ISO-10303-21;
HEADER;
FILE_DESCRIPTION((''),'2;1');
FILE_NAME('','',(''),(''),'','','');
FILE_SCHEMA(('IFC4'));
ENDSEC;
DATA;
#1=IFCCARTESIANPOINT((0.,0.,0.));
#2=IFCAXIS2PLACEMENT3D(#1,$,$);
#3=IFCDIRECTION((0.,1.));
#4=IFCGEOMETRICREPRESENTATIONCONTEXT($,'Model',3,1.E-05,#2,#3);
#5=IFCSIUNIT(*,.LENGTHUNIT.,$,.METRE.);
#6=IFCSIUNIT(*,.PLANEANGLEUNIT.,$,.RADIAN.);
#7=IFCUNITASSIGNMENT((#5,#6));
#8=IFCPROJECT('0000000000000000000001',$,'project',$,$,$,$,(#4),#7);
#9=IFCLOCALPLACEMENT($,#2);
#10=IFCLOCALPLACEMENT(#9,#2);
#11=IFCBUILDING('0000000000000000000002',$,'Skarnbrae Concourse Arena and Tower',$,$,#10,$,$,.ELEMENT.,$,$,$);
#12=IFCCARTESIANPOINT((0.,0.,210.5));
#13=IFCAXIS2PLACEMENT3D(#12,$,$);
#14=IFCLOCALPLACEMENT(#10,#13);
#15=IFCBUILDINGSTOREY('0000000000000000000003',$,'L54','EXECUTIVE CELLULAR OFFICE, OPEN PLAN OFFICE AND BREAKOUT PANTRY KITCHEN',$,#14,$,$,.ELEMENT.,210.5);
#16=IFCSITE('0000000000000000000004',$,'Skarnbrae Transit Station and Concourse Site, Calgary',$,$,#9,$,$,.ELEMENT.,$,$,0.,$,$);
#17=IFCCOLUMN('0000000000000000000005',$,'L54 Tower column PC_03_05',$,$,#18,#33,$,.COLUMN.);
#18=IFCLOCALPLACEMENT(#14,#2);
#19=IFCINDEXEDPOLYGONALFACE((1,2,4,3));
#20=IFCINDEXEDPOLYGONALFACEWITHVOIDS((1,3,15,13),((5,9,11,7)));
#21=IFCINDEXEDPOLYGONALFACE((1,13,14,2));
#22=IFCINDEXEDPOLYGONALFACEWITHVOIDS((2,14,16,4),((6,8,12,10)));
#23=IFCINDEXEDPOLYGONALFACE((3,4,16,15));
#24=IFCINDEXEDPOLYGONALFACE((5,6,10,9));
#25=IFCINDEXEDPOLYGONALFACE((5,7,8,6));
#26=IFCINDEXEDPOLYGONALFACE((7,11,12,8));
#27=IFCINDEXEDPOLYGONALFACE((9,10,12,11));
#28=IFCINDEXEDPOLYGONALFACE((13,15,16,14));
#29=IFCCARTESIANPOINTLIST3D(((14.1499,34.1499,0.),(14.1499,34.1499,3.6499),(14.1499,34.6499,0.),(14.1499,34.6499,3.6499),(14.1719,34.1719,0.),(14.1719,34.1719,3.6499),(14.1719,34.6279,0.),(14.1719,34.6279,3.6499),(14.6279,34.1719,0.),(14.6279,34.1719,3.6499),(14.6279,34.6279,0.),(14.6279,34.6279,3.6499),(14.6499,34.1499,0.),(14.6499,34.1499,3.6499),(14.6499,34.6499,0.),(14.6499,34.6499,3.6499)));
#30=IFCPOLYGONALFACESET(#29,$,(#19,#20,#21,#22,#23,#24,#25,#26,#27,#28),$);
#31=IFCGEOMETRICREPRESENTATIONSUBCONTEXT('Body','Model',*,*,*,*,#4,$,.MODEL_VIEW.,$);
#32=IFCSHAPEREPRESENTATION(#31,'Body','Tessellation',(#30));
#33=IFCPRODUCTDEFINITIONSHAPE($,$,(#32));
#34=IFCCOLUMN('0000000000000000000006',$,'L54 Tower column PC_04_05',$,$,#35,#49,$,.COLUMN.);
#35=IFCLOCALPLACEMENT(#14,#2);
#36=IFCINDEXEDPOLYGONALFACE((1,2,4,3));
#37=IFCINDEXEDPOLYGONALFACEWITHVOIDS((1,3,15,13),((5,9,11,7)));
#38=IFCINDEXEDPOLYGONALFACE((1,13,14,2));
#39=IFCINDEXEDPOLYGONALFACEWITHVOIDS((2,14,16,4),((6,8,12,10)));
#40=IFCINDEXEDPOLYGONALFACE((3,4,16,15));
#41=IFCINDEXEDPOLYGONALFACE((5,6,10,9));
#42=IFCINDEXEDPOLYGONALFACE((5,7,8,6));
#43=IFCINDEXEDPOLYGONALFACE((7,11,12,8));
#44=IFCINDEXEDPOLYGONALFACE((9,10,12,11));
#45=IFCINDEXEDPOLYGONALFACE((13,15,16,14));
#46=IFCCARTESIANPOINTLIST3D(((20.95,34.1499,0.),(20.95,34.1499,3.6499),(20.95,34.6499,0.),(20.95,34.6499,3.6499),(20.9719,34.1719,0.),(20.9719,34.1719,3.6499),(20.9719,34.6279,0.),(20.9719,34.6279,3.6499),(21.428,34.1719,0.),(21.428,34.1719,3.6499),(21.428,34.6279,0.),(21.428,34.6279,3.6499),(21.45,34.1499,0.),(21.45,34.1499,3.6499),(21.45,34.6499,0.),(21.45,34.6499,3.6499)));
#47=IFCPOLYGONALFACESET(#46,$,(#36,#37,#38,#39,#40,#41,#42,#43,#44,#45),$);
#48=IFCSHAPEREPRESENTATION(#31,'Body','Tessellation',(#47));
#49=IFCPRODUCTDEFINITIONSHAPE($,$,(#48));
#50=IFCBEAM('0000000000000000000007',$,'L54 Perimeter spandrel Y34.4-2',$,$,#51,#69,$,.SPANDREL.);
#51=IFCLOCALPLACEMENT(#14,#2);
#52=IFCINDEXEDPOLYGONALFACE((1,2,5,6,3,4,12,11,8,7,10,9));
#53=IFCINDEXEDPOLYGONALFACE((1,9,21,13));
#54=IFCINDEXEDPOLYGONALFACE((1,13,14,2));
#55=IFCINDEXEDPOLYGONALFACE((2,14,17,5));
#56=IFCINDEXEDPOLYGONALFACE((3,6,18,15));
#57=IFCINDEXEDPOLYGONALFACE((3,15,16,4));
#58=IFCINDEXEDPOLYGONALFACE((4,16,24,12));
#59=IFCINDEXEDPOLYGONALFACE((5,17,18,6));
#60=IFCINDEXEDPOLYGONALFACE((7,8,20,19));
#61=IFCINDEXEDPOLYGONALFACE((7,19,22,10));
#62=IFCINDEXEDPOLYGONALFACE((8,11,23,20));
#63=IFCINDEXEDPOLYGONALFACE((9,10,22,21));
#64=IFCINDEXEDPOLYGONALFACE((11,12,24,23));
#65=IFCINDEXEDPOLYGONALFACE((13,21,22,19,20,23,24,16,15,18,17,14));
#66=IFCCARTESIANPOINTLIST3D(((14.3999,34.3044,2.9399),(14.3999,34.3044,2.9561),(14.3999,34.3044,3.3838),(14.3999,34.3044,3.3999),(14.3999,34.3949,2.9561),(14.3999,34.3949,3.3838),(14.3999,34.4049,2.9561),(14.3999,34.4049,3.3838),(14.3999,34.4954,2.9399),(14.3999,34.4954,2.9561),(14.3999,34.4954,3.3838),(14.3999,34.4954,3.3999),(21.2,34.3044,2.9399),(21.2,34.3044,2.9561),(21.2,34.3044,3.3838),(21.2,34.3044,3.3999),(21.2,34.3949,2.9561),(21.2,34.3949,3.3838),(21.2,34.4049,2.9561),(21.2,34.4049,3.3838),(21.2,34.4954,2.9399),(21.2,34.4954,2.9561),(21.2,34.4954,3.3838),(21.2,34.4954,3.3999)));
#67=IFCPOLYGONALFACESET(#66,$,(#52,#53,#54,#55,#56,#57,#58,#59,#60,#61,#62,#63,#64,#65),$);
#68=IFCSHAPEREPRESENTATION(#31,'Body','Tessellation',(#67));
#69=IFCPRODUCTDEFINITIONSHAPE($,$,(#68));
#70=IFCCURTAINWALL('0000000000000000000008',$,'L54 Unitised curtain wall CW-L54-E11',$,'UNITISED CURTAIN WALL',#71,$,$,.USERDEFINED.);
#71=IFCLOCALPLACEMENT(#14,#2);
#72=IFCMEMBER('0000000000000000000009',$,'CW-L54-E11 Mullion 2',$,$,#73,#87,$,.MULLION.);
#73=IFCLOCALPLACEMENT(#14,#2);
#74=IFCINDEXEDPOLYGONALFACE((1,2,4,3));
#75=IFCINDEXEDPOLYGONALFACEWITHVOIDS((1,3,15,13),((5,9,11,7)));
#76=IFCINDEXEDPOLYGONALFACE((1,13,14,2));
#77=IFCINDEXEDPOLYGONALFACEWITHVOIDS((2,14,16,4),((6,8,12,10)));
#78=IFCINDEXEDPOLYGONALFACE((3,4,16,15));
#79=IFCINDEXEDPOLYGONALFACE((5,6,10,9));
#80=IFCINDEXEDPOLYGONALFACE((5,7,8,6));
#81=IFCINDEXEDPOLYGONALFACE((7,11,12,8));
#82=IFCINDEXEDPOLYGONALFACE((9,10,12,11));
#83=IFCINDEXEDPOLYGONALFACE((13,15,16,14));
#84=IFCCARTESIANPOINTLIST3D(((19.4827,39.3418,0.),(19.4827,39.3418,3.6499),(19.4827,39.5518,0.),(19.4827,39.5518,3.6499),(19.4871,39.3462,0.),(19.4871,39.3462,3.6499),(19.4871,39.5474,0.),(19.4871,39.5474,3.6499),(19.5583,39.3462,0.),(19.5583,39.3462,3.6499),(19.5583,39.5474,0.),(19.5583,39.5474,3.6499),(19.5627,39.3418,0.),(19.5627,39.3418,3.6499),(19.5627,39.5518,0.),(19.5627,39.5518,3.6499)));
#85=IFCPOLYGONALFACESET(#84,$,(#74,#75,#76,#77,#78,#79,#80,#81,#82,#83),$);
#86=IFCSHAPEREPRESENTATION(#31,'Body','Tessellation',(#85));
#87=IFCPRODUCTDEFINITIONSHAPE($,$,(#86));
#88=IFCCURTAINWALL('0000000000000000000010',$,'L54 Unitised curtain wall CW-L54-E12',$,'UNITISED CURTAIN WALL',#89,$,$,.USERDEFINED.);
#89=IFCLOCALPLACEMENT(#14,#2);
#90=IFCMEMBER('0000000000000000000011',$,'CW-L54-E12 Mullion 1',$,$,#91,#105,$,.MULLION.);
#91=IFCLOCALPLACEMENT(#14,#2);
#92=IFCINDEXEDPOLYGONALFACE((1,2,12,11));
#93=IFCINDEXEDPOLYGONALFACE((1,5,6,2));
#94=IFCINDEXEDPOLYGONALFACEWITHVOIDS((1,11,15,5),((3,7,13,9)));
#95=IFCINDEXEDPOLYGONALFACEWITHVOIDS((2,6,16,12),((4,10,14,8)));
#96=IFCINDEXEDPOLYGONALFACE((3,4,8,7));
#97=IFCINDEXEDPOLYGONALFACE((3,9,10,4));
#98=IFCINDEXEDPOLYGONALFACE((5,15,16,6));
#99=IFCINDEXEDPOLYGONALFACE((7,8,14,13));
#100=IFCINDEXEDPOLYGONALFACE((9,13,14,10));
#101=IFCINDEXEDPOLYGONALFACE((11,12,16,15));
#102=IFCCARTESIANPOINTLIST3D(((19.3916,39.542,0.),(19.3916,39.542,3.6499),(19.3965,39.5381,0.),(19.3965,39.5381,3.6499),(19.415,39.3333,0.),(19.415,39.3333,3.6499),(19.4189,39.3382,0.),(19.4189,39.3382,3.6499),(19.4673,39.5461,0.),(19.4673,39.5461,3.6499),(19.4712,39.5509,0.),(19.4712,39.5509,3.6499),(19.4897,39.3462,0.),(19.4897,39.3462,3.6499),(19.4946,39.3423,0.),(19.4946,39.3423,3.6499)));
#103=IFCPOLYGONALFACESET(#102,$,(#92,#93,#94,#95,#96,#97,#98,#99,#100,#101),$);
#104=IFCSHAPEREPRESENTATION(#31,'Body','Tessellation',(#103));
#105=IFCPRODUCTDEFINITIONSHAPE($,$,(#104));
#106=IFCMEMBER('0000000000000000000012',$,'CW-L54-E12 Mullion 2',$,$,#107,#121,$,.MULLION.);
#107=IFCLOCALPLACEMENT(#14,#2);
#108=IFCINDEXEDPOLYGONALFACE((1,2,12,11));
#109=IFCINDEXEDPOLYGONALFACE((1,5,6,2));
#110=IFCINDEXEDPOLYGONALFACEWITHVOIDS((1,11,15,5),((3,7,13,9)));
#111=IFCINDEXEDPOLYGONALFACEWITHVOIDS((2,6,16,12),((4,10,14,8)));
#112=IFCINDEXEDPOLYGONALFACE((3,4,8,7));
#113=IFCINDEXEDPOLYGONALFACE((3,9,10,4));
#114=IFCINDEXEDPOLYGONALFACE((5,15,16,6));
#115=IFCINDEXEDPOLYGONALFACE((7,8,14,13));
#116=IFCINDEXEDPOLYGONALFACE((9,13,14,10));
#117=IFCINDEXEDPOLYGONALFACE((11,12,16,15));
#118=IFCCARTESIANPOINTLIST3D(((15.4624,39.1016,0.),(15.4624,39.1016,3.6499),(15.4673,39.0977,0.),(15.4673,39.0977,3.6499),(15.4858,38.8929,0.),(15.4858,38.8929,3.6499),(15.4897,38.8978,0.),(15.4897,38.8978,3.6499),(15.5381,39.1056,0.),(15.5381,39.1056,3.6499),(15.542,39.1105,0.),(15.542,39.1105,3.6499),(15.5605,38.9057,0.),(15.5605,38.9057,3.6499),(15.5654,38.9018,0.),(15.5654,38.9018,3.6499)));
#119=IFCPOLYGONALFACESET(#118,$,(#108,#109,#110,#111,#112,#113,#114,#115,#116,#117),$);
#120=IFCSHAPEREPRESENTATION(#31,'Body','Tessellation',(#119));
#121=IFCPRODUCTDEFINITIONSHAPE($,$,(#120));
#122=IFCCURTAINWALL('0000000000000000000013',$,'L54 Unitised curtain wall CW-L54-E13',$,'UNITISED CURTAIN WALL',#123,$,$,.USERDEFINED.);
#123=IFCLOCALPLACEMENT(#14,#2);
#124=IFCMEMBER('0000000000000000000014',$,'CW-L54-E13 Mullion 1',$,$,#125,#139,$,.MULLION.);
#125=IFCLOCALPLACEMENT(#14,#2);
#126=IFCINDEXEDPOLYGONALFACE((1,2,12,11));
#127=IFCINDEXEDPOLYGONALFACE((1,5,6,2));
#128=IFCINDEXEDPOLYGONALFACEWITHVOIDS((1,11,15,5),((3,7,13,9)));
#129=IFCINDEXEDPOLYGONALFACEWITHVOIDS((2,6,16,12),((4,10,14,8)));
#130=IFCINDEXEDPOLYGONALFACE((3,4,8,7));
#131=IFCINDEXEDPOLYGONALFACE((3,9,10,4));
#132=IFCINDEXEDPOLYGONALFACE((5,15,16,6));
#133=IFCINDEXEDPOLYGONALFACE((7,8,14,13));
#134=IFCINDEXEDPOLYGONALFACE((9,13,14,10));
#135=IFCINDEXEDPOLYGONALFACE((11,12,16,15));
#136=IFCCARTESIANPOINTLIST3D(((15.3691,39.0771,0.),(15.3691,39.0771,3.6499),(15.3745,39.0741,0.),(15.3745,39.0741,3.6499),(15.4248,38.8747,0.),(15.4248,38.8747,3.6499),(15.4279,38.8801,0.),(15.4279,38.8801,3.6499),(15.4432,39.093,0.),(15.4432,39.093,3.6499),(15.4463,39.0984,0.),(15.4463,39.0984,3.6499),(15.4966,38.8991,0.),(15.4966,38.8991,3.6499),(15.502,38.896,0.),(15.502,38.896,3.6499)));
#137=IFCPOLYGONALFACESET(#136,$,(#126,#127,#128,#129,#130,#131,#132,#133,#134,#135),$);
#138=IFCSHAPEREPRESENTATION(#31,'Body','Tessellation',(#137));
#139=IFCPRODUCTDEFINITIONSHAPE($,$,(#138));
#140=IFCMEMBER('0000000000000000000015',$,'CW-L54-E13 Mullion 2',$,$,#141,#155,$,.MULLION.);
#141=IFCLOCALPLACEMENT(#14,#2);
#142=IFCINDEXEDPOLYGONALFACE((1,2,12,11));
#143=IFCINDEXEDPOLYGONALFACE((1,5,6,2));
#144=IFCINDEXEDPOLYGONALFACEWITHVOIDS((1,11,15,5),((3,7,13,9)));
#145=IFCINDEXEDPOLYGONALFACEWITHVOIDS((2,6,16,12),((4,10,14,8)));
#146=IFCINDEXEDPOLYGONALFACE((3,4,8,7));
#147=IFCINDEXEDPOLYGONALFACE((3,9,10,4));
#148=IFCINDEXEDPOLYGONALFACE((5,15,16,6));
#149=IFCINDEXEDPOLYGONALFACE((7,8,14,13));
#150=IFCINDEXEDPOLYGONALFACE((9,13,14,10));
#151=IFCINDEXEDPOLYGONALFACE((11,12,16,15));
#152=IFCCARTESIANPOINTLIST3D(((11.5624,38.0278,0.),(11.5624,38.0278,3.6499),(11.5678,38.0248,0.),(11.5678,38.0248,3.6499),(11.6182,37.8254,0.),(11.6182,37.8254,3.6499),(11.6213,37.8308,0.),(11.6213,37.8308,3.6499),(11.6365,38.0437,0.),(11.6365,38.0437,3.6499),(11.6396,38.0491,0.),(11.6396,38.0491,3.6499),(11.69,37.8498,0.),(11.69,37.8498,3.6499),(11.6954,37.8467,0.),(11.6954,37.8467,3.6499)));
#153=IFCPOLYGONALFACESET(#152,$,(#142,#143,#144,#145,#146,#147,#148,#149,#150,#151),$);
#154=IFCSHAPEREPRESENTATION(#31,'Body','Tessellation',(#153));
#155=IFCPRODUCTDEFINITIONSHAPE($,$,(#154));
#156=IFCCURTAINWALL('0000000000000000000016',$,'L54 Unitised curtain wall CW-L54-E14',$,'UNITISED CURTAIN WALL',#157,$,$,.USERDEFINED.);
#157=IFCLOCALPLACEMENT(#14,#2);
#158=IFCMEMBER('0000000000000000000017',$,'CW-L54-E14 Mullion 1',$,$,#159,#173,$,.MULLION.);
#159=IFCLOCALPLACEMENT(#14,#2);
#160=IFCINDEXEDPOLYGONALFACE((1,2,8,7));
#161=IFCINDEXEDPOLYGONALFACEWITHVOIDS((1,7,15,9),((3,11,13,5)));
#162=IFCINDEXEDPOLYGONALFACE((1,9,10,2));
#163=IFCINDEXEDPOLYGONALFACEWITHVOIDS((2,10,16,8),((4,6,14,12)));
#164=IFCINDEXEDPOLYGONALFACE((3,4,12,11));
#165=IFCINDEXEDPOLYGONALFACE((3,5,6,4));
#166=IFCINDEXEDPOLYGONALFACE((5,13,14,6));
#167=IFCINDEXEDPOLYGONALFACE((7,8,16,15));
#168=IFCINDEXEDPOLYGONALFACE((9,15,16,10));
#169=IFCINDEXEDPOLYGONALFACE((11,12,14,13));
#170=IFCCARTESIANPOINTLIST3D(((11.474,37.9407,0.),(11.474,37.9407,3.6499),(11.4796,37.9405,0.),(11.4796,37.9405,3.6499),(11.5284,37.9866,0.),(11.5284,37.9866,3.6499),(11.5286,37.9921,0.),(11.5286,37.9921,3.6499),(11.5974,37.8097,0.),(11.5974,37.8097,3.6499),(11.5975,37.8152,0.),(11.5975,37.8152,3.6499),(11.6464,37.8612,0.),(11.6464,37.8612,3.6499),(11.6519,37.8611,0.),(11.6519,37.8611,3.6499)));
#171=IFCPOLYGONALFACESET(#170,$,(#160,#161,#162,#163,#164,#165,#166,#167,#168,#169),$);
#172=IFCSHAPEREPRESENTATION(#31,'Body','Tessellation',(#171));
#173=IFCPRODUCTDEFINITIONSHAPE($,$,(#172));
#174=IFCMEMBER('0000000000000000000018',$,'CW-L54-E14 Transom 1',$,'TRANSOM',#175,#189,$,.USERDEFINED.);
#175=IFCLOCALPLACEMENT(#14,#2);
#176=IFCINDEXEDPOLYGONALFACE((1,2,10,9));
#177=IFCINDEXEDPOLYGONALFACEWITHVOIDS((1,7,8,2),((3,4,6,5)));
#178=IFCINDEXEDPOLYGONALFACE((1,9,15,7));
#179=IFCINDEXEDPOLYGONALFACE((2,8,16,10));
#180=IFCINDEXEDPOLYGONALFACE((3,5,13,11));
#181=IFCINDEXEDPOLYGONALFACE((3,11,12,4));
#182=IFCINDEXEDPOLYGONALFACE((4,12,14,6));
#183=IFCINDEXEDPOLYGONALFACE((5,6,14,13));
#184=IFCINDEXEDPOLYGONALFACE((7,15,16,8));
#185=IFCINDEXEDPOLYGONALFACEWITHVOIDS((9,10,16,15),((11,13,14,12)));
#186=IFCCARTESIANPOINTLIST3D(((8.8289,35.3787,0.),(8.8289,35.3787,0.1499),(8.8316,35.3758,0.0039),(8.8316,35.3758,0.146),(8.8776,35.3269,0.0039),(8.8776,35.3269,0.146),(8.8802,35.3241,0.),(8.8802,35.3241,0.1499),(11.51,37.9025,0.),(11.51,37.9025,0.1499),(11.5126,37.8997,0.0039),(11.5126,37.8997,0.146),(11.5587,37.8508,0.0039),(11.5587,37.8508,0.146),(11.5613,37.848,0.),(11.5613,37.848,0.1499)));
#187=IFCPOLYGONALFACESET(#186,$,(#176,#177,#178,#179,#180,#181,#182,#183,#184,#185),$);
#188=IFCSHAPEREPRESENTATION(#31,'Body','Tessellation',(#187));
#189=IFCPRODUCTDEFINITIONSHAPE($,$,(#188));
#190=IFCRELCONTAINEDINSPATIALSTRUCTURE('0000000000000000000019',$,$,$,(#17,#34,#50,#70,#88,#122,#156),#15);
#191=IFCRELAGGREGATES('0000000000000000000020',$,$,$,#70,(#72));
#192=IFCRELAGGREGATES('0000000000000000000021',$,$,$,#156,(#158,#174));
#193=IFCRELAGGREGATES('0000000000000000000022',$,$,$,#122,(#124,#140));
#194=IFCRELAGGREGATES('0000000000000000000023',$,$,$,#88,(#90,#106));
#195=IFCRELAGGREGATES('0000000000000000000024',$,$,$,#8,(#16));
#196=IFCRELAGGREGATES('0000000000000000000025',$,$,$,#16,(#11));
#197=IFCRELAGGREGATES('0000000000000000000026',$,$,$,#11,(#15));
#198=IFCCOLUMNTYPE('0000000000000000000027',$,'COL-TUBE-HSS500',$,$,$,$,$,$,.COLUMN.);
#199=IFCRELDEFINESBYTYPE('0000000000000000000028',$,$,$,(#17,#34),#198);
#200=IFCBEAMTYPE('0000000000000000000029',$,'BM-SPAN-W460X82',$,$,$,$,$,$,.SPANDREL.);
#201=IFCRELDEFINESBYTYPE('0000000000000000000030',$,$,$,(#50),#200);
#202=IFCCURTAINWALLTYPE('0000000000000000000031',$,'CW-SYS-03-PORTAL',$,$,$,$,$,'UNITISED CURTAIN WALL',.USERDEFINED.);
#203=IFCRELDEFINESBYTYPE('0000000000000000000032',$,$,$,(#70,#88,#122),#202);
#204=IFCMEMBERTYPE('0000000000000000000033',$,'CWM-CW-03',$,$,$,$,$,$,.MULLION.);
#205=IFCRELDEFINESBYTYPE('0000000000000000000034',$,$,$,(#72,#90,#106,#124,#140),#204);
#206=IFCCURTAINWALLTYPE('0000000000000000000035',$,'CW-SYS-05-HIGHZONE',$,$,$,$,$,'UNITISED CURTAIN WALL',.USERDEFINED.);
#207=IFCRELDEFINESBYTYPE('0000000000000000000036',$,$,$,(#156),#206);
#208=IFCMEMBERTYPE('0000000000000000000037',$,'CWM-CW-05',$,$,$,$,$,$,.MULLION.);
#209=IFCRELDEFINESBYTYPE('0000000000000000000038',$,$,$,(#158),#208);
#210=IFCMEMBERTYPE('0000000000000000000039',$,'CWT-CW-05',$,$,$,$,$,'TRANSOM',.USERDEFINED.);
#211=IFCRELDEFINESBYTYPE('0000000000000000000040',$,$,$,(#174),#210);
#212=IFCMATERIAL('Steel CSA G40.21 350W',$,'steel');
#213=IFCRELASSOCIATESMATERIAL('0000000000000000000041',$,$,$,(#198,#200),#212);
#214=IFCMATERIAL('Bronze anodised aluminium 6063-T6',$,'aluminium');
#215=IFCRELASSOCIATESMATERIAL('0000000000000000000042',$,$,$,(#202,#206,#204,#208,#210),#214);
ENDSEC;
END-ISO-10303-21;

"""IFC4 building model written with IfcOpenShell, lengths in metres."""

from ifc_helpers import new_model, si_unit, direction, frame, origin, origin_2d, place, context, subcontext, project, spatial, hollow_rectangle, i_section, extrude, source, transform, mapped, material, material_profile, profile_set, type_object, element, aggregate, save


model = new_model("IFC4")

# Units and contexts
model_context = context("Model", 3, precision=1e-05, world=origin(), true_north=direction((0.0, 1.0)))
body_context = subcontext(model_context, "Body", "Model", "MODEL_VIEW")
ifc_project = project(units=[si_unit("LENGTHUNIT", "METRE"), si_unit("PLANEANGLEUNIT", "RADIAN")], contexts=[model_context])

# Site, building, storey
site_placement = place(None, origin())
site = spatial("IfcSite", under=ifc_project, at=site_placement, Name="Skarnbrae Transit Station and Concourse Site, Calgary", CompositionType="ELEMENT", RefElevation=0.0)
building_placement = place(site_placement, origin())
building = spatial("IfcBuilding", under=site, at=building_placement, Name="Skarnbrae Concourse Arena and Tower", CompositionType="ELEMENT")
storey_placement = place(building_placement, frame((0.0, 0.0, 210.5)))
storey = spatial("IfcBuildingStorey", under=building, at=storey_placement, Name="L54", Description="EXECUTIVE CELLULAR OFFICE, OPEN PLAN OFFICE AND BREAKOUT PANTRY KITCHEN", CompositionType="ELEMENT", Elevation=210.5)

# Columns
ifc_material_1 = material(Name="Steel CSA G40.21 350W", Category="steel")
ifc_material_profile_1 = material_profile(ifc_material_1, hollow_rectangle(XDim=0.5, YDim=0.5, WallThickness=0.022, at=origin_2d()), Name="HSS500X500X22.0")
ifc_profile_set_1 = profile_set([ifc_material_profile_1], Name="Steel CSA G40.21 350W")
column_type = type_object("IfcColumnType", Name="COL-TUBE-HSS500", PredefinedType="COLUMN", material=ifc_profile_set_1)
shared_shape_1 = source(origin(), body_context, "Body", "SweptSolid", [
    extrude(hollow_rectangle(XDim=0.5, YDim=0.5, WallThickness=0.022, at=origin_2d()), origin(), (0.0, 0.0, 1.0), 3.6499),
])
for number, where, z_axis, x_axis, name in (
    (1, (14.3999, 34.3999, 0.0), (0.0, 0.0, 1.0), (1.0, 0.0, 0.0), "L54 Tower column PC_03_05"),
    (2, (21.2, 34.3999, 0.0), (0.0, 0.0, 1.0), (1.0, 0.0, 0.0), "L54 Tower column PC_04_05"),
):
    element("IfcColumn", number, at=place(storey_placement, frame(where, z_axis=z_axis, x_axis=x_axis)), inside=storey, type_object=column_type, Name=name, PredefinedType="COLUMN", context=body_context, shape_type="MappedRepresentation", body=[
        mapped(shared_shape_1, transform((0.0, 0.0, 0.0))),
    ])

# Beam
ifc_material_profile_2 = material_profile(ifc_material_1, i_section(OverallWidth=0.1909, OverallDepth=0.46, WebThickness=0.01, FlangeThickness=0.0161, at=origin_2d()), Name="W460X82")
ifc_profile_set_2 = profile_set([ifc_material_profile_2], Name="Steel CSA G40.21 350W")
beam_type = type_object("IfcBeamType", Name="BM-SPAN-W460X82", PredefinedType="SPANDREL", material=ifc_profile_set_2)
shared_shape_2 = source(origin(), body_context, "Body", "SweptSolid", [
    extrude(i_section(OverallWidth=0.1909, OverallDepth=0.46, WebThickness=0.01, FlangeThickness=0.0161, at=origin_2d()), origin(), (0.0, 0.0, 1.0), 6.8),
])
beam_placement = place(storey_placement, frame((14.3999, 34.3999, 3.1699), z_axis=(1.0, 0.0, 0.0), x_axis=(0.0, 1.0, 0.0)))
element("IfcBeam", 3, at=beam_placement, inside=storey, type_object=beam_type, Name="L54 Perimeter spandrel Y34.4-2", PredefinedType="SPANDREL", context=body_context, shape_type="MappedRepresentation", body=[
    mapped(shared_shape_2, transform((0.0, 0.0, 0.0))),
])

# Curtain wall, member
ifc_material_2 = material(Name="Bronze anodised aluminium 6063-T6", Category="aluminium")
curtain_wall_type_1 = type_object("IfcCurtainWallType", Name="CW-SYS-03-PORTAL", ElementType="UNITISED CURTAIN WALL", PredefinedType="USERDEFINED", material=ifc_material_2)
curtain_wall_1_placement = place(storey_placement, origin())
curtain_wall_1 = element("IfcCurtainWall", 4, at=curtain_wall_1_placement, inside=storey, type_object=curtain_wall_type_1, Name="L54 Unitised curtain wall CW-L54-E11", ObjectType="UNITISED CURTAIN WALL", PredefinedType="USERDEFINED")
ifc_material_profile_3 = material_profile(ifc_material_2, hollow_rectangle(XDim=0.0801, YDim=0.21, WallThickness=0.0044, at=origin_2d()), Name="ALU-MULL-80X210")
ifc_profile_set_3 = profile_set([ifc_material_profile_3], Name="Bronze anodised aluminium 6063-T6")
member_type_1 = type_object("IfcMemberType", Name="CWM-CW-03", PredefinedType="MULLION", material=ifc_profile_set_3)
shared_shape_3 = source(origin(), body_context, "Body", "SweptSolid", [
    extrude(hollow_rectangle(XDim=0.0801, YDim=0.21, WallThickness=0.0044, at=origin_2d()), origin(), (0.0, 0.0, 1.0), 3.6499),
])
member_1_placement = place(storey_placement, frame((19.5227, 39.4468, 0.0), z_axis=(0.0, 0.0, 1.0), x_axis=(-1.0, 0.0, 0.0)))
member_1 = element("IfcMember", 5, at=member_1_placement, type_object=member_type_1, Name="CW-L54-E11 Mullion 2", PredefinedType="MULLION", context=body_context, shape_type="MappedRepresentation", body=[
    mapped(shared_shape_3, transform((0.0, 0.0, 0.0))),
])
aggregate(curtain_wall_1, [member_1])

# Curtain walls, members
curtain_wall_2_placement = place(storey_placement, origin())
curtain_wall_2 = element("IfcCurtainWall", 6, at=curtain_wall_2_placement, inside=storey, type_object=curtain_wall_type_1, Name="L54 Unitised curtain wall CW-L54-E12", ObjectType="UNITISED CURTAIN WALL", PredefinedType="USERDEFINED")
member_2_placement = place(storey_placement, frame((19.4431, 39.4421, 0.0), z_axis=(0.0, 0.0, 1.0), x_axis=(-0.993769, -0.11146, 0.0)))
member_2 = element("IfcMember", 7, at=member_2_placement, type_object=member_type_1, Name="CW-L54-E12 Mullion 1", PredefinedType="MULLION", context=body_context, shape_type="MappedRepresentation", body=[
    mapped(shared_shape_3, transform((0.0, 0.0, 0.0))),
])
member_3_placement = place(storey_placement, frame((15.5139, 39.0017, 0.0), z_axis=(0.0, 0.0, 1.0), x_axis=(-0.993769, -0.11146, 0.0)))
member_3 = element("IfcMember", 8, at=member_3_placement, type_object=member_type_1, Name="CW-L54-E12 Mullion 2", PredefinedType="MULLION", context=body_context, shape_type="MappedRepresentation", body=[
    mapped(shared_shape_3, transform((0.0, 0.0, 0.0))),
])
curtain_wall_3_placement = place(storey_placement, origin())
curtain_wall_3 = element("IfcCurtainWall", 9, at=curtain_wall_3_placement, inside=storey, type_object=curtain_wall_type_1, Name="L54 Unitised curtain wall CW-L54-E13", ObjectType="UNITISED CURTAIN WALL", PredefinedType="USERDEFINED")
member_4_placement = place(storey_placement, frame((15.4355, 38.9866, 0.0), z_axis=(0.0, 0.0, 1.0), x_axis=(-0.964057, -0.265694, 0.0)))
member_4 = element("IfcMember", 10, at=member_4_placement, type_object=member_type_1, Name="CW-L54-E13 Mullion 1", PredefinedType="MULLION", context=body_context, shape_type="MappedRepresentation", body=[
    mapped(shared_shape_3, transform((0.0, 0.0, 0.0))),
])
member_5_placement = place(storey_placement, frame((11.6289, 37.9373, 0.0), z_axis=(0.0, 0.0, 1.0), x_axis=(-0.964057, -0.265694, 0.0)))
member_5 = element("IfcMember", 11, at=member_5_placement, type_object=member_type_1, Name="CW-L54-E13 Mullion 2", PredefinedType="MULLION", context=body_context, shape_type="MappedRepresentation", body=[
    mapped(shared_shape_3, transform((0.0, 0.0, 0.0))),
])
curtain_wall_type_2 = type_object("IfcCurtainWallType", Name="CW-SYS-05-HIGHZONE", ElementType="UNITISED CURTAIN WALL", PredefinedType="USERDEFINED", material=ifc_material_2)
curtain_wall_4_placement = place(storey_placement, origin())
curtain_wall_4 = element("IfcCurtainWall", 12, at=curtain_wall_4_placement, inside=storey, type_object=curtain_wall_type_2, Name="L54 Unitised curtain wall CW-L54-E14", ObjectType="UNITISED CURTAIN WALL", PredefinedType="USERDEFINED")
ifc_material_profile_4 = material_profile(ifc_material_2, hollow_rectangle(XDim=0.075, YDim=0.1799, WallThickness=0.0039, at=origin_2d()), Name="ALU-MULL-75X180")
ifc_profile_set_4 = profile_set([ifc_material_profile_4], Name="Bronze anodised aluminium 6063-T6")
member_type_2 = type_object("IfcMemberType", Name="CWM-CW-05", PredefinedType="MULLION", material=ifc_profile_set_4)
shared_shape_4 = source(origin(), body_context, "Body", "SweptSolid", [
    extrude(hollow_rectangle(XDim=0.075, YDim=0.1799, WallThickness=0.0039, at=origin_2d()), origin(), (0.0, 0.0, 1.0), 3.6499),
])
member_6_placement = place(storey_placement, frame((11.563, 37.9009, 0.0), z_axis=(0.0, 0.0, 1.0), x_axis=(-0.728131, -0.685438, 0.0)))
member_6 = element("IfcMember", 13, at=member_6_placement, type_object=member_type_2, Name="CW-L54-E14 Mullion 1", PredefinedType="MULLION", context=body_context, shape_type="MappedRepresentation", body=[
    mapped(shared_shape_4, transform((0.0, 0.0, 0.0))),
])
ifc_material_profile_5 = material_profile(ifc_material_2, hollow_rectangle(XDim=0.075, YDim=0.1499, WallThickness=0.0039, at=origin_2d()), Name="ALU-TRAN-75X150")
ifc_profile_set_5 = profile_set([ifc_material_profile_5], Name="Bronze anodised aluminium 6063-T6")
member_type_3 = type_object("IfcMemberType", Name="CWT-CW-05", ElementType="TRANSOM", PredefinedType="USERDEFINED", material=ifc_profile_set_5)
shared_shape_5 = source(origin(), body_context, "Body", "SweptSolid", [
    extrude(hollow_rectangle(XDim=0.075, YDim=0.1499, WallThickness=0.0039, at=origin_2d()), origin(), (0.0, 0.0, 1.0), 3.6821),
])
member_7_placement = place(storey_placement, frame((11.5356, 37.8752, 0.075), z_axis=(-0.728134, -0.685435, 0.0), x_axis=(0.685435, -0.728134, 0.0)))
member_7 = element("IfcMember", 14, at=member_7_placement, type_object=member_type_3, Name="CW-L54-E14 Transom 1", ObjectType="TRANSOM", PredefinedType="USERDEFINED", context=body_context, shape_type="MappedRepresentation", body=[
    mapped(shared_shape_5, transform((0.0, 0.0, 0.0))),
])

aggregate(curtain_wall_4, [member_6, member_7])
aggregate(curtain_wall_3, [member_4, member_5])
aggregate(curtain_wall_2, [member_2, member_3])

save(model, "model.ifc")
